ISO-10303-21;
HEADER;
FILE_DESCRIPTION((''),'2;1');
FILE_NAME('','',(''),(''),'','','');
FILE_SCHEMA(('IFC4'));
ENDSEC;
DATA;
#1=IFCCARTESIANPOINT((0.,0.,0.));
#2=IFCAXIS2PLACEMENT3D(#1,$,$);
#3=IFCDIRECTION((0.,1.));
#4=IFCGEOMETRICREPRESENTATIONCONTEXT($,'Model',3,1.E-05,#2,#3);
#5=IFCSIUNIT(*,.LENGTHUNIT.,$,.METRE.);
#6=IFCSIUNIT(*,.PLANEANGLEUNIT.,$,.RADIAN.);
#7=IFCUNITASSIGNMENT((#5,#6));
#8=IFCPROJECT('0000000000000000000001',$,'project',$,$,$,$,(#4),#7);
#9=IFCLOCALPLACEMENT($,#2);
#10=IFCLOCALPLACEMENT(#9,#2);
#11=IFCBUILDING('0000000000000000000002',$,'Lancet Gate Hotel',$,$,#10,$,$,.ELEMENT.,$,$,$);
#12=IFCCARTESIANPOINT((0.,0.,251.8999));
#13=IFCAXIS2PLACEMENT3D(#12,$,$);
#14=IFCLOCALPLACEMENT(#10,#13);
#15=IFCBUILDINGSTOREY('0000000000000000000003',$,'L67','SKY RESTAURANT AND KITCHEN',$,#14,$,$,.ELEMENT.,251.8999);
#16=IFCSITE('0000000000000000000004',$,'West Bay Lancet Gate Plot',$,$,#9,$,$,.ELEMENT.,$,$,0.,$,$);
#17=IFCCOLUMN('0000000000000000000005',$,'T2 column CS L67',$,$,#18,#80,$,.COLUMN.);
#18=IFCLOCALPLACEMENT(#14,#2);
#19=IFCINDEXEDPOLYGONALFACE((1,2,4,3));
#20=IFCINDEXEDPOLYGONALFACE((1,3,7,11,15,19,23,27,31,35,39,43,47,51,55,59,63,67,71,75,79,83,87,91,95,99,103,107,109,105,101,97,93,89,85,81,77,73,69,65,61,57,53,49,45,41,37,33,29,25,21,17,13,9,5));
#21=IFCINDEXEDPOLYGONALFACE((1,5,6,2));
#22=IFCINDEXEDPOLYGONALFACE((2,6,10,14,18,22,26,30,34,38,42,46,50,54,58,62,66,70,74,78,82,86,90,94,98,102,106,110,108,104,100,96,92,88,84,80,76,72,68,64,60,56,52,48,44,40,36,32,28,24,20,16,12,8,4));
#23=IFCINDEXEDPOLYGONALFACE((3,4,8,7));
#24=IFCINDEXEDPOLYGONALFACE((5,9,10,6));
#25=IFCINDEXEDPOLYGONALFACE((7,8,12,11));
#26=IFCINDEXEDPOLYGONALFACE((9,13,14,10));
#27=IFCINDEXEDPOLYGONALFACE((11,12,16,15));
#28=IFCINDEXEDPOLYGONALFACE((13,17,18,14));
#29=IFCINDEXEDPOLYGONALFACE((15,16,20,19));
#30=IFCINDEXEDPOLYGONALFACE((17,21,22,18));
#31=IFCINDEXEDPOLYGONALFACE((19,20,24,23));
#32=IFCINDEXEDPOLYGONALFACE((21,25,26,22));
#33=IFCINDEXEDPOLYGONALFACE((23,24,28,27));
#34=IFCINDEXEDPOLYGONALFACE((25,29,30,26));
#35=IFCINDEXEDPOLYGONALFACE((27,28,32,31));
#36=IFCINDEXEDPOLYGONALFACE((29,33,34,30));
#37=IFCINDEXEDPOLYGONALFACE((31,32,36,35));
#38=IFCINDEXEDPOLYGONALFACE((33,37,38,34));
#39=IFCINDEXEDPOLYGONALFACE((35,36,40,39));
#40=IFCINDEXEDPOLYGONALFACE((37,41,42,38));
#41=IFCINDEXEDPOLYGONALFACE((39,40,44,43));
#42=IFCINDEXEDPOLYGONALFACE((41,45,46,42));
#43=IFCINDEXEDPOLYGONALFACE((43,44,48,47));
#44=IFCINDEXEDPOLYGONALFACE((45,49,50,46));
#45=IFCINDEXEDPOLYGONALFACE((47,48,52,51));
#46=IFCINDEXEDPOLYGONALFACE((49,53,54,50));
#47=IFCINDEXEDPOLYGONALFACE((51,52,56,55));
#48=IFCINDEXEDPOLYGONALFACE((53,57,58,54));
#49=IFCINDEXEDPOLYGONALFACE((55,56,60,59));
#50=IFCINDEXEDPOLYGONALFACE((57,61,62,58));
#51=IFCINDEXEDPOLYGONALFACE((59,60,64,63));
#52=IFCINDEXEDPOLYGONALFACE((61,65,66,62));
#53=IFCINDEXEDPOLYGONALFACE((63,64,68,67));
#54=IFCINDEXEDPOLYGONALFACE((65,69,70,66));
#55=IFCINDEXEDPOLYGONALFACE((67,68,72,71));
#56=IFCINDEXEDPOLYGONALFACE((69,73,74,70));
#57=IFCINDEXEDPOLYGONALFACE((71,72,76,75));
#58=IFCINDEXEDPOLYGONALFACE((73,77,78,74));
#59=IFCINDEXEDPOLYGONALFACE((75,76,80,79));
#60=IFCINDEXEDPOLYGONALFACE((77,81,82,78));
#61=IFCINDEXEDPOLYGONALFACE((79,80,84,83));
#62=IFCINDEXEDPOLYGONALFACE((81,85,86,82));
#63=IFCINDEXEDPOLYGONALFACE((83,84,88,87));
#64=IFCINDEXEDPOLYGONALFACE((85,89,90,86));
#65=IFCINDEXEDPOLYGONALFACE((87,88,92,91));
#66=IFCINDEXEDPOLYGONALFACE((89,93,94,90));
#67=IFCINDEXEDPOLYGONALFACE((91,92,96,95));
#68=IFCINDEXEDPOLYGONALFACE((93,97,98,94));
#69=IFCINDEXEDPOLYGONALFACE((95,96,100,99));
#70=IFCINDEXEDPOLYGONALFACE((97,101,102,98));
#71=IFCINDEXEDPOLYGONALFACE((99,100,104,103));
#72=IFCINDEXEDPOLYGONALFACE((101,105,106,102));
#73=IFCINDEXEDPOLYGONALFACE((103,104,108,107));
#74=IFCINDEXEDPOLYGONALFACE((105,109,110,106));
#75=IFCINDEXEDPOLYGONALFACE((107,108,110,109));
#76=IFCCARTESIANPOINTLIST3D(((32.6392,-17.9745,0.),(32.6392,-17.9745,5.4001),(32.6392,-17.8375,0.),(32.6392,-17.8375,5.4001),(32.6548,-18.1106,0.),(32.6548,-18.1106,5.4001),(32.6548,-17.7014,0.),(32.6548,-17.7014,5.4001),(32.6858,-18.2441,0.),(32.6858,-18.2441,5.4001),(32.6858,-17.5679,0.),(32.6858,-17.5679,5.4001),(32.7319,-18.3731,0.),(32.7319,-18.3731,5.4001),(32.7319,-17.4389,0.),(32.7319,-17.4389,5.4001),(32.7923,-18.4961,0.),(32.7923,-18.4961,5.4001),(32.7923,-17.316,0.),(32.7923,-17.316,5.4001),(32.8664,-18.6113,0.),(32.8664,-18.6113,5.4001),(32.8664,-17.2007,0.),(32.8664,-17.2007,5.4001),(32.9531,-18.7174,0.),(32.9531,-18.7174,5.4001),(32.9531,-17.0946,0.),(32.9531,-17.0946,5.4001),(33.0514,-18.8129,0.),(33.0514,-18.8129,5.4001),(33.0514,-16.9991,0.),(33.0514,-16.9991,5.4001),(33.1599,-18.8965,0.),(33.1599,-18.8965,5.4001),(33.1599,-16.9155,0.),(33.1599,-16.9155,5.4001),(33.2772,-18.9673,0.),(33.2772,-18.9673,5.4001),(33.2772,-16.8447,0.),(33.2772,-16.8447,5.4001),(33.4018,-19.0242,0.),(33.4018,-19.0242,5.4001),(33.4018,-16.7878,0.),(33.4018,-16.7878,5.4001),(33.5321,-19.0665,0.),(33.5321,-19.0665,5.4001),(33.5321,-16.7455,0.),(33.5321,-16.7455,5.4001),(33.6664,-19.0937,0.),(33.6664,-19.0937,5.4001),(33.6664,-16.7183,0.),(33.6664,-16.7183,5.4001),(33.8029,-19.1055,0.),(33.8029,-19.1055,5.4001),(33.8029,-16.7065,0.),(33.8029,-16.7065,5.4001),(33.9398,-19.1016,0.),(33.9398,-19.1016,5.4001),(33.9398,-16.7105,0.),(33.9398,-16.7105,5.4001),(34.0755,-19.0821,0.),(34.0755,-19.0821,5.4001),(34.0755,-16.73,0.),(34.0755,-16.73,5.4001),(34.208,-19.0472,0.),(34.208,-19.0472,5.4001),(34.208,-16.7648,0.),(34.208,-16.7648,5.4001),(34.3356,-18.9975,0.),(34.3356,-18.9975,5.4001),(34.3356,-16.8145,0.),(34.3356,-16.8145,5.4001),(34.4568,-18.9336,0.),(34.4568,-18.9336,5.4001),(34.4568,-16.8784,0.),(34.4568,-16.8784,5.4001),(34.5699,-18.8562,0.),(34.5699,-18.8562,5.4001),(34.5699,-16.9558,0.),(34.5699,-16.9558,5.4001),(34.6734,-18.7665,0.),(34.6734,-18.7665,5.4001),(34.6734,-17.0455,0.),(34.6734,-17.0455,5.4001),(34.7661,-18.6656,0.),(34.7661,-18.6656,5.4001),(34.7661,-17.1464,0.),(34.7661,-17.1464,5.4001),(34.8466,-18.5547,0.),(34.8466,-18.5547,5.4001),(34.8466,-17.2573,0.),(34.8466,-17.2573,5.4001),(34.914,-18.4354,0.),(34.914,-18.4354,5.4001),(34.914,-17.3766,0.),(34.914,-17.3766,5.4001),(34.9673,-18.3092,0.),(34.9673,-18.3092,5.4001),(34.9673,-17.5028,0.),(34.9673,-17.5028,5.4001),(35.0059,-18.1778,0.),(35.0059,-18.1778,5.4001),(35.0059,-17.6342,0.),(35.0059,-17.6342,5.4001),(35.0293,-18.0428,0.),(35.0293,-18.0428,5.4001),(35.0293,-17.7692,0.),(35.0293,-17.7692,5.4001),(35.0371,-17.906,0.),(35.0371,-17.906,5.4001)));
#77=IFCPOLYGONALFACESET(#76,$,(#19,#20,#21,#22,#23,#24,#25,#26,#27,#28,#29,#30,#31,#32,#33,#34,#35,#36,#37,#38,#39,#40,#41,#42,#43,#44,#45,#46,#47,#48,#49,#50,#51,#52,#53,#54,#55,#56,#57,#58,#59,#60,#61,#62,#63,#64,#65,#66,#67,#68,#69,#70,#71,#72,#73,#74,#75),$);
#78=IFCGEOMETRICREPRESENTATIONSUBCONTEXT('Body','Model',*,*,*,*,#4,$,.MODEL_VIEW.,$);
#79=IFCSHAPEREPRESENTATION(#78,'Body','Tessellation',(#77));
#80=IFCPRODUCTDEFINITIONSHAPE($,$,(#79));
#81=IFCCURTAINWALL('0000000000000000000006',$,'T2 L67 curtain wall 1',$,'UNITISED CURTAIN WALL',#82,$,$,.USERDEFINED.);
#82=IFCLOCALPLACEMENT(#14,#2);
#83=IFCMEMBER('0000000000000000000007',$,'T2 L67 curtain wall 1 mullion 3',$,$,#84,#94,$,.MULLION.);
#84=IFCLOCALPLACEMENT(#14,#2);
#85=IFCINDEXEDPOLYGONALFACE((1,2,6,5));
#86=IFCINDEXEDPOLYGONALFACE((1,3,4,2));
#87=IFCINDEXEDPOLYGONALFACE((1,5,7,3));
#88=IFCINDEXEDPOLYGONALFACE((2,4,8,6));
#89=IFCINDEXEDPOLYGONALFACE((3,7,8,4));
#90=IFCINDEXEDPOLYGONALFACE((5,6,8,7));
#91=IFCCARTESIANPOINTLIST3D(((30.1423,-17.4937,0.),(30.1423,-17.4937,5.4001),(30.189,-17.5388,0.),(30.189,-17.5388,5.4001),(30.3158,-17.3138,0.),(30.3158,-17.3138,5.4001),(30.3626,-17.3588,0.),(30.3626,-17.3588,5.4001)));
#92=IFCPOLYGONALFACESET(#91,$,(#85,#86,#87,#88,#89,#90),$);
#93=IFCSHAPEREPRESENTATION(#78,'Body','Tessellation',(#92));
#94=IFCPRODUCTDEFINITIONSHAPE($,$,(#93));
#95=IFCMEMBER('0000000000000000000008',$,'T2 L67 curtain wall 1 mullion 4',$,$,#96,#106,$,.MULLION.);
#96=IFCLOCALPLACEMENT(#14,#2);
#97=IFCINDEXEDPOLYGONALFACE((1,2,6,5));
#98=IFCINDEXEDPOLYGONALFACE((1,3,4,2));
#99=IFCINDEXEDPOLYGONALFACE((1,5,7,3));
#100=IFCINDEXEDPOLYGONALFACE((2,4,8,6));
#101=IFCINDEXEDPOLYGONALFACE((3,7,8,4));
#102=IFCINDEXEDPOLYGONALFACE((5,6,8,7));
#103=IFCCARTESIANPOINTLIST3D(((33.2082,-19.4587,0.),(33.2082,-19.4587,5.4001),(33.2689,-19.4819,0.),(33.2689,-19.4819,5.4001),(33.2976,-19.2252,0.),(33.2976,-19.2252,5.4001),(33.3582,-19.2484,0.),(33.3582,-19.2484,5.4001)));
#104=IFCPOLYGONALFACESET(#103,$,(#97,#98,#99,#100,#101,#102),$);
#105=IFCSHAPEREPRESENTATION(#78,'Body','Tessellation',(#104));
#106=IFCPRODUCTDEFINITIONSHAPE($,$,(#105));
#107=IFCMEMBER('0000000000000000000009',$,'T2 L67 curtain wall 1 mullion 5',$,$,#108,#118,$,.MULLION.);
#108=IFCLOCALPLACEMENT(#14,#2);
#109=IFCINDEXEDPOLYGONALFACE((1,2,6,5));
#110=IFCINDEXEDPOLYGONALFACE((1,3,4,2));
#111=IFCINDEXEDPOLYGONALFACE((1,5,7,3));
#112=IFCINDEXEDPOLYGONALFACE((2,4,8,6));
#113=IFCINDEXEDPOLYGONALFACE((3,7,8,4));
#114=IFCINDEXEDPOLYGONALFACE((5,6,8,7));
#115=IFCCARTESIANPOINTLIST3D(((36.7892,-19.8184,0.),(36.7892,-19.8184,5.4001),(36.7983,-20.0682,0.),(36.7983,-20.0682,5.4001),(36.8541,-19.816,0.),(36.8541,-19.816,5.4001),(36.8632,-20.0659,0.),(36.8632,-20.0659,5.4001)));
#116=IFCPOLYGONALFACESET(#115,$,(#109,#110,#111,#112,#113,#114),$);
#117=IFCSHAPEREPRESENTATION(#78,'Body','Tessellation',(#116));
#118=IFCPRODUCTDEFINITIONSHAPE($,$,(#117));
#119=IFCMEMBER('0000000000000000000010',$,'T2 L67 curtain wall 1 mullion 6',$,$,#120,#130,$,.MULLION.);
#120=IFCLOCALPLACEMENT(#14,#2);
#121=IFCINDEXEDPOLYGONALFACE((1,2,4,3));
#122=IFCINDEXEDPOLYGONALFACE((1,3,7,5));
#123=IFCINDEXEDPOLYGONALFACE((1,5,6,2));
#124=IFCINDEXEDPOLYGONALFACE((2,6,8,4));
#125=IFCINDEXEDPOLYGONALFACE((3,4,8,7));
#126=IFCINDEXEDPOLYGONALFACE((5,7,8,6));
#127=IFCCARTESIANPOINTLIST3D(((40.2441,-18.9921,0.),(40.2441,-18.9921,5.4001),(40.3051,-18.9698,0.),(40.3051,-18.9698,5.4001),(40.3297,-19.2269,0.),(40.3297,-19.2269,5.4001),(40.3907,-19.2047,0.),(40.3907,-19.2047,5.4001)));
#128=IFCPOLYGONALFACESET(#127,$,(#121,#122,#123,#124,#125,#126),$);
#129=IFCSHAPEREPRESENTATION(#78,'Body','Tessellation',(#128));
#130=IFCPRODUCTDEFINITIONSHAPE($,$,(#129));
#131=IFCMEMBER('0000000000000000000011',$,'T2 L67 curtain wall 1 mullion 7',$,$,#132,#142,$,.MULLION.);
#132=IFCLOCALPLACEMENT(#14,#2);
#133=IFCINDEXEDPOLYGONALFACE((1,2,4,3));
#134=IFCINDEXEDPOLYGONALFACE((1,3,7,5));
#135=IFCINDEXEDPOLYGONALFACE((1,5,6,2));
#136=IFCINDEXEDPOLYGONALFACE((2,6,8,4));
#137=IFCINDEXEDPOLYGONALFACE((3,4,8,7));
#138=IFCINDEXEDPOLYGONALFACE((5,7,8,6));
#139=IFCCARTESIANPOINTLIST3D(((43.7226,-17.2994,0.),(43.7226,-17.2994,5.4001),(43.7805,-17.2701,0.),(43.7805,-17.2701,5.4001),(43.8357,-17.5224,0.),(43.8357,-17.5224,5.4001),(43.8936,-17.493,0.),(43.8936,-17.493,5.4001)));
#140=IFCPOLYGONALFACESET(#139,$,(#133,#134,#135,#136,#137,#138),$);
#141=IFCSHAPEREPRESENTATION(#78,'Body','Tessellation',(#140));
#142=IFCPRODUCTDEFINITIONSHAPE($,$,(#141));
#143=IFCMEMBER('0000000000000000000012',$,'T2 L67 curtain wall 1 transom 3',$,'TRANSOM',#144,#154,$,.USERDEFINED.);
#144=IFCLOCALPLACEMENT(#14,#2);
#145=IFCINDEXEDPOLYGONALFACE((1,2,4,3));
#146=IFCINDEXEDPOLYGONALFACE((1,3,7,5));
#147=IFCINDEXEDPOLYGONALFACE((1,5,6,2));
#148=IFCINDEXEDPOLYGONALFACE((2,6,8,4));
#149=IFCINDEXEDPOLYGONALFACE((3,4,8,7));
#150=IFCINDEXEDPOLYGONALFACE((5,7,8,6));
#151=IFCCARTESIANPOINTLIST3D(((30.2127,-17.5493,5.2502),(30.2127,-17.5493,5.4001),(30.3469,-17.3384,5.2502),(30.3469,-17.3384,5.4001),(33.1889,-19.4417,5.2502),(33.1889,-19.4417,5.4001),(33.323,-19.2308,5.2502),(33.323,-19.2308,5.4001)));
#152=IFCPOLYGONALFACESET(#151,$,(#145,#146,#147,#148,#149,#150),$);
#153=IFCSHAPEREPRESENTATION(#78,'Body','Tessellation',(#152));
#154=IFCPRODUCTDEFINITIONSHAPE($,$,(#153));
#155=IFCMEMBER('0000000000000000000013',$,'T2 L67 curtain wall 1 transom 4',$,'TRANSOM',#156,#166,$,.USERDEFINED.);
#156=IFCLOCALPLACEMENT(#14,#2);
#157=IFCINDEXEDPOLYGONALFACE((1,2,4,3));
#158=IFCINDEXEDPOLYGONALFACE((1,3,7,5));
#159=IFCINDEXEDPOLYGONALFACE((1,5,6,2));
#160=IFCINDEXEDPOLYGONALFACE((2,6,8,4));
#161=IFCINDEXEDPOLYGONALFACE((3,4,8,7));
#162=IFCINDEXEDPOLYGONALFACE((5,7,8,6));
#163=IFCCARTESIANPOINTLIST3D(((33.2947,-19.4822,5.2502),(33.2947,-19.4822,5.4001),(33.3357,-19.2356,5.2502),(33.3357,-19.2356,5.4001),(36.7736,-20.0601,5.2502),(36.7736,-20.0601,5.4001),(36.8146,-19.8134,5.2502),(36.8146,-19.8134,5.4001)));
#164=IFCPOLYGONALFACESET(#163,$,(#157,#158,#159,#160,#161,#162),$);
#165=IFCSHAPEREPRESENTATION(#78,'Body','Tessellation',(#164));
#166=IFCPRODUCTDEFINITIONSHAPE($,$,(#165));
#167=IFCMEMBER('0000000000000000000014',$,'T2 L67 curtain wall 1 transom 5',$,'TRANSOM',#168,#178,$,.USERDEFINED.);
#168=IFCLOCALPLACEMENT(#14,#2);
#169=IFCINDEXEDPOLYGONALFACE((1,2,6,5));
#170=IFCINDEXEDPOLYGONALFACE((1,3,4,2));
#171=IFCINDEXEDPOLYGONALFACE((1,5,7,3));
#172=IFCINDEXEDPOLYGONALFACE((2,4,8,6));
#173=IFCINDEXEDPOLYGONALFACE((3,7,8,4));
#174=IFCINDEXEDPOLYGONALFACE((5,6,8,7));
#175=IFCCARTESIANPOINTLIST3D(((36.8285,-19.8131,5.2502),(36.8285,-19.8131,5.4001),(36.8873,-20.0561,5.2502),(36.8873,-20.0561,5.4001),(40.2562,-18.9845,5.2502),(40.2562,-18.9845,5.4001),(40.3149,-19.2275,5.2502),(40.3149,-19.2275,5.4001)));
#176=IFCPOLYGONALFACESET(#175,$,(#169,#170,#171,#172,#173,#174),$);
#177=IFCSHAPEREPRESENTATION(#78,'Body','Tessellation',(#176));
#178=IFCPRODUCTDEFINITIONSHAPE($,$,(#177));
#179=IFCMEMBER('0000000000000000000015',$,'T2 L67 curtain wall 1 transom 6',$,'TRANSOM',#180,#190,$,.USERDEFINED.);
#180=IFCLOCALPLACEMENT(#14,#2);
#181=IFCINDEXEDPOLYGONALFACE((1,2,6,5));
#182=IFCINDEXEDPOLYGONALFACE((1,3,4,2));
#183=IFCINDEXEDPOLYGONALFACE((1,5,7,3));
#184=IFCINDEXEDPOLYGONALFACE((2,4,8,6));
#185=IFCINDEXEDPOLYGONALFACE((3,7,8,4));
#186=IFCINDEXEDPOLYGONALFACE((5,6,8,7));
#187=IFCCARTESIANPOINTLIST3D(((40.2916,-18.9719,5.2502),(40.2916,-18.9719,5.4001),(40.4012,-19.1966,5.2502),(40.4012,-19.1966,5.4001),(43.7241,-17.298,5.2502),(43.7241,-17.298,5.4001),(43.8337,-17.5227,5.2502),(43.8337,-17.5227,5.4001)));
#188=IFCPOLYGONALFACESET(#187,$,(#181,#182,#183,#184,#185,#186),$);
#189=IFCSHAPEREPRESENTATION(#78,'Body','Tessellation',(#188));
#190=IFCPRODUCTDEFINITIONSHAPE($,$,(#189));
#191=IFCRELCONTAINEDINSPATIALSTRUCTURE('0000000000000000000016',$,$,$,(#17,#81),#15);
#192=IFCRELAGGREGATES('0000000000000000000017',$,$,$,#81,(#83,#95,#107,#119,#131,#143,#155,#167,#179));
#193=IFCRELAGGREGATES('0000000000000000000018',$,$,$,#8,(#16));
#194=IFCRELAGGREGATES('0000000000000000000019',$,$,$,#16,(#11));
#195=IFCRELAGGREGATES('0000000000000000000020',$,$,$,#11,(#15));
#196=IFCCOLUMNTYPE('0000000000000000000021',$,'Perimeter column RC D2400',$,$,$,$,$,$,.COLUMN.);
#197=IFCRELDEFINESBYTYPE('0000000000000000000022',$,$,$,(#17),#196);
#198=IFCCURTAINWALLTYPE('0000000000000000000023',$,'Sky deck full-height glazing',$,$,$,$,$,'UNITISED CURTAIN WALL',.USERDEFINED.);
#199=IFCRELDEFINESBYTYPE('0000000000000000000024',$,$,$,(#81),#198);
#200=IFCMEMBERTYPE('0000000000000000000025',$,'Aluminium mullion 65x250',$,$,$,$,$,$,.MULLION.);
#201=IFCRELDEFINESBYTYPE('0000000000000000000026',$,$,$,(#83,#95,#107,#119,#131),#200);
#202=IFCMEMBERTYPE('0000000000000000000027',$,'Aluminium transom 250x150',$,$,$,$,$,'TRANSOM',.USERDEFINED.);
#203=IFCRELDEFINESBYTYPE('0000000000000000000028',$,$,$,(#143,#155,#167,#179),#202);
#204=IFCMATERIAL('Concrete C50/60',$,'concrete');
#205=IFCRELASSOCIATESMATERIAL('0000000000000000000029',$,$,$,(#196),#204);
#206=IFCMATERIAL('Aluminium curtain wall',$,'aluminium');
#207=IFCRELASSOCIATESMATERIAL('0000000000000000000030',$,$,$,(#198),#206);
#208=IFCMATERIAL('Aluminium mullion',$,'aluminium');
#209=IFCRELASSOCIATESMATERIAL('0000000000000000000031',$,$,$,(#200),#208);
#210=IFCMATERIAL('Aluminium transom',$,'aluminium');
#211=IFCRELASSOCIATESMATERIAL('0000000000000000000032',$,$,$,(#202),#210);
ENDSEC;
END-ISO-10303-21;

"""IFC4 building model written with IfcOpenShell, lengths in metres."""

from ifc_helpers import new_model, si_unit, direction, frame, origin, origin_2d, place, context, subcontext, project, spatial, rectangle, circle, extrude, material, material_profile, profile_set, type_object, element, aggregate, save


model = new_model("IFC4")

# Units and contexts
model_context = context("Model", 3, precision=1e-05, world=origin(), true_north=direction((0.0, 1.0)))
body_context = subcontext(model_context, "Body", "Model", "MODEL_VIEW")
ifc_project = project(units=[si_unit("LENGTHUNIT", "METRE"), si_unit("PLANEANGLEUNIT", "RADIAN")], contexts=[model_context])

# Site, building, storey
site_placement = place(None, origin())
site = spatial("IfcSite", under=ifc_project, at=site_placement, Name="West Bay Lancet Gate Plot", CompositionType="ELEMENT", RefElevation=0.0)
building_placement = place(site_placement, origin())
building = spatial("IfcBuilding", under=site, at=building_placement, Name="Lancet Gate Hotel", CompositionType="ELEMENT")
storey_placement = place(building_placement, frame((0.0, 0.0, 251.8999)))
storey = spatial("IfcBuildingStorey", under=building, at=storey_placement, Name="L67", Description="SKY RESTAURANT AND KITCHEN", CompositionType="ELEMENT", Elevation=251.8999)

# Column
ifc_material_1 = material(Name="Concrete C50/60", Category="concrete")
ifc_material_profile_1 = material_profile(ifc_material_1, circle(Radius=1.2, at=origin_2d()), Name="RC D2400")
ifc_profile_set_1 = profile_set([ifc_material_profile_1], Name="Concrete C50/60")
column_type = type_object("IfcColumnType", Name="Perimeter column RC D2400", PredefinedType="COLUMN", material=ifc_profile_set_1)
column_placement = place(storey_placement, frame((33.8372, -17.906, 0.0), z_axis=(0.0, 0.0, 1.0), x_axis=(1.0, 0.0, 0.0)))
element("IfcColumn", 1, at=column_placement, inside=storey, type_object=column_type, Name="T2 column CS L67", PredefinedType="COLUMN", context=body_context, shape_type="SweptSolid", body=[
    extrude(circle(Radius=1.2, at=origin_2d()), origin(), (0.0, 0.0, 1.0), 5.4001),
])

# Curtain wall, members
ifc_material_2 = material(Name="Aluminium curtain wall", Category="aluminium")
curtain_wall_type = type_object("IfcCurtainWallType", Name="Sky deck full-height glazing", ElementType="UNITISED CURTAIN WALL", PredefinedType="USERDEFINED", material=ifc_material_2)
curtain_wall_placement = place(storey_placement, origin())
curtain_wall = element("IfcCurtainWall", 2, at=curtain_wall_placement, inside=storey, type_object=curtain_wall_type, Name="T2 L67 curtain wall 1", ObjectType="UNITISED CURTAIN WALL", PredefinedType="USERDEFINED")
ifc_material_3 = material(Name="Aluminium mullion", Category="aluminium")
ifc_material_profile_2 = material_profile(ifc_material_3, rectangle(XDim=0.0649, YDim=0.25, at=origin_2d()), Name="MULLION 65x250")
ifc_profile_set_2 = profile_set([ifc_material_profile_2], Name="Aluminium mullion")
member_type_1 = type_object("IfcMemberType", Name="Aluminium mullion 65x250", PredefinedType="MULLION", material=ifc_profile_set_2)
member_1_placement = place(storey_placement, frame((30.2524, -17.4263, 0.0), z_axis=(0.0, 0.0, 1.0), x_axis=(0.719809, -0.694172, 0.0)))
member_1 = element("IfcMember", 3, at=member_1_placement, type_object=member_type_1, Name="T2 L67 curtain wall 1 mullion 3", PredefinedType="MULLION", context=body_context, shape_type="SweptSolid", body=[
    extrude(rectangle(XDim=0.0649, YDim=0.25, at=origin_2d()), origin(), (0.0, 0.0, 1.0), 5.4001),
])
member_2_placement = place(storey_placement, frame((33.2832, -19.3535, 0.0), z_axis=(0.0, 0.0, 1.0), x_axis=(0.933943, -0.357421, 0.0)))
member_2 = element("IfcMember", 4, at=member_2_placement, type_object=member_type_1, Name="T2 L67 curtain wall 1 mullion 4", PredefinedType="MULLION", context=body_context, shape_type="SweptSolid", body=[
    extrude(rectangle(XDim=0.0649, YDim=0.25, at=origin_2d()), origin(), (0.0, 0.0, 1.0), 5.4001),
])
member_3_placement = place(storey_placement, frame((36.8262, -19.9421, 0.0), z_axis=(0.0, 0.0, 1.0), x_axis=(0.999343, 0.03625, 0.0)))
member_3 = element("IfcMember", 5, at=member_3_placement, type_object=member_type_1, Name="T2 L67 curtain wall 1 mullion 5", PredefinedType="MULLION", context=body_context, shape_type="SweptSolid", body=[
    extrude(rectangle(XDim=0.0649, YDim=0.25, at=origin_2d()), origin(), (0.0, 0.0, 1.0), 5.4001),
])
member_4_placement = place(storey_placement, frame((40.3174, -19.0984, 0.0), z_axis=(0.0, 0.0, 1.0), x_axis=(0.939484, 0.342593, 0.0)))
member_4 = element("IfcMember", 6, at=member_4_placement, type_object=member_type_1, Name="T2 L67 curtain wall 1 mullion 6", PredefinedType="MULLION", context=body_context, shape_type="SweptSolid", body=[
    extrude(rectangle(XDim=0.0649, YDim=0.25, at=origin_2d()), origin(), (0.0, 0.0, 1.0), 5.4001),
])
member_5_placement = place(storey_placement, frame((43.8081, -17.3962, 0.0), z_axis=(0.0, 0.0, 1.0), x_axis=(0.891833, 0.452365, 0.0)))
member_5 = element("IfcMember", 7, at=member_5_placement, type_object=member_type_1, Name="T2 L67 curtain wall 1 mullion 7", PredefinedType="MULLION", context=body_context, shape_type="SweptSolid", body=[
    extrude(rectangle(XDim=0.0649, YDim=0.25, at=origin_2d()), origin(), (0.0, 0.0, 1.0), 5.4001),
])
ifc_material_4 = material(Name="Aluminium transom", Category="aluminium")
ifc_material_profile_3 = material_profile(ifc_material_4, rectangle(XDim=0.25, YDim=0.1499, at=origin_2d()), Name="TRANSOM 250x150")
ifc_profile_set_3 = profile_set([ifc_material_profile_3], Name="Aluminium transom")
member_type_2 = type_object("IfcMemberType", Name="Aluminium transom 250x150", ElementType="TRANSOM", PredefinedType="USERDEFINED", material=ifc_profile_set_3)
member_6_placement = place(storey_placement, frame((30.2798, -17.4438, 5.3252), z_axis=(0.843858, -0.536566, 0.0), x_axis=(0.536566, 0.843858, 0.0)))
member_6 = element("IfcMember", 8, at=member_6_placement, type_object=member_type_2, Name="T2 L67 curtain wall 1 transom 3", ObjectType="TRANSOM", PredefinedType="USERDEFINED", context=body_context, shape_type="SweptSolid", body=[
    extrude(rectangle(XDim=0.25, YDim=0.1499, at=origin_2d()), origin(), (0.0, 0.0, 1.0), 3.5269),
])
member_7_placement = place(storey_placement, frame((33.3152, -19.3589, 5.3252), z_axis=(0.986484, -0.16386, 0.0), x_axis=(0.16386, 0.986484, 0.0)))
member_7 = element("IfcMember", 9, at=member_7_placement, type_object=member_type_2, Name="T2 L67 curtain wall 1 transom 4", ObjectType="TRANSOM", PredefinedType="USERDEFINED", context=body_context, shape_type="SweptSolid", body=[
    extrude(rectangle(XDim=0.25, YDim=0.1499, at=origin_2d()), origin(), (0.0, 0.0, 1.0), 3.5266),
])
member_8_placement = place(storey_placement, frame((36.8579, -19.9346, 5.3252), z_axis=(0.972003, 0.23497, 0.0), x_axis=(-0.23497, 0.972003, 0.0)))
member_8 = element("IfcMember", 10, at=member_8_placement, type_object=member_type_2, Name="T2 L67 curtain wall 1 transom 5", ObjectType="TRANSOM", PredefinedType="USERDEFINED", context=body_context, shape_type="SweptSolid", body=[
    extrude(rectangle(XDim=0.25, YDim=0.1499, at=origin_2d()), origin(), (0.0, 0.0, 1.0), 3.5264),
])
member_9_placement = place(storey_placement, frame((40.3464, -19.0842, 5.3252), z_axis=(0.89882, 0.438318, 0.0), x_axis=(-0.438318, 0.89882, 0.0)))
member_9 = element("IfcMember", 11, at=member_9_placement, type_object=member_type_2, Name="T2 L67 curtain wall 1 transom 6", ObjectType="TRANSOM", PredefinedType="USERDEFINED", context=body_context, shape_type="SweptSolid", body=[
    extrude(rectangle(XDim=0.25, YDim=0.1499, at=origin_2d()), origin(), (0.0, 0.0, 1.0), 3.8188),
])

aggregate(curtain_wall, [member_1, member_2, member_3, member_4, member_5, member_6, member_7, member_8, member_9])

save(model, "model.ifc")
